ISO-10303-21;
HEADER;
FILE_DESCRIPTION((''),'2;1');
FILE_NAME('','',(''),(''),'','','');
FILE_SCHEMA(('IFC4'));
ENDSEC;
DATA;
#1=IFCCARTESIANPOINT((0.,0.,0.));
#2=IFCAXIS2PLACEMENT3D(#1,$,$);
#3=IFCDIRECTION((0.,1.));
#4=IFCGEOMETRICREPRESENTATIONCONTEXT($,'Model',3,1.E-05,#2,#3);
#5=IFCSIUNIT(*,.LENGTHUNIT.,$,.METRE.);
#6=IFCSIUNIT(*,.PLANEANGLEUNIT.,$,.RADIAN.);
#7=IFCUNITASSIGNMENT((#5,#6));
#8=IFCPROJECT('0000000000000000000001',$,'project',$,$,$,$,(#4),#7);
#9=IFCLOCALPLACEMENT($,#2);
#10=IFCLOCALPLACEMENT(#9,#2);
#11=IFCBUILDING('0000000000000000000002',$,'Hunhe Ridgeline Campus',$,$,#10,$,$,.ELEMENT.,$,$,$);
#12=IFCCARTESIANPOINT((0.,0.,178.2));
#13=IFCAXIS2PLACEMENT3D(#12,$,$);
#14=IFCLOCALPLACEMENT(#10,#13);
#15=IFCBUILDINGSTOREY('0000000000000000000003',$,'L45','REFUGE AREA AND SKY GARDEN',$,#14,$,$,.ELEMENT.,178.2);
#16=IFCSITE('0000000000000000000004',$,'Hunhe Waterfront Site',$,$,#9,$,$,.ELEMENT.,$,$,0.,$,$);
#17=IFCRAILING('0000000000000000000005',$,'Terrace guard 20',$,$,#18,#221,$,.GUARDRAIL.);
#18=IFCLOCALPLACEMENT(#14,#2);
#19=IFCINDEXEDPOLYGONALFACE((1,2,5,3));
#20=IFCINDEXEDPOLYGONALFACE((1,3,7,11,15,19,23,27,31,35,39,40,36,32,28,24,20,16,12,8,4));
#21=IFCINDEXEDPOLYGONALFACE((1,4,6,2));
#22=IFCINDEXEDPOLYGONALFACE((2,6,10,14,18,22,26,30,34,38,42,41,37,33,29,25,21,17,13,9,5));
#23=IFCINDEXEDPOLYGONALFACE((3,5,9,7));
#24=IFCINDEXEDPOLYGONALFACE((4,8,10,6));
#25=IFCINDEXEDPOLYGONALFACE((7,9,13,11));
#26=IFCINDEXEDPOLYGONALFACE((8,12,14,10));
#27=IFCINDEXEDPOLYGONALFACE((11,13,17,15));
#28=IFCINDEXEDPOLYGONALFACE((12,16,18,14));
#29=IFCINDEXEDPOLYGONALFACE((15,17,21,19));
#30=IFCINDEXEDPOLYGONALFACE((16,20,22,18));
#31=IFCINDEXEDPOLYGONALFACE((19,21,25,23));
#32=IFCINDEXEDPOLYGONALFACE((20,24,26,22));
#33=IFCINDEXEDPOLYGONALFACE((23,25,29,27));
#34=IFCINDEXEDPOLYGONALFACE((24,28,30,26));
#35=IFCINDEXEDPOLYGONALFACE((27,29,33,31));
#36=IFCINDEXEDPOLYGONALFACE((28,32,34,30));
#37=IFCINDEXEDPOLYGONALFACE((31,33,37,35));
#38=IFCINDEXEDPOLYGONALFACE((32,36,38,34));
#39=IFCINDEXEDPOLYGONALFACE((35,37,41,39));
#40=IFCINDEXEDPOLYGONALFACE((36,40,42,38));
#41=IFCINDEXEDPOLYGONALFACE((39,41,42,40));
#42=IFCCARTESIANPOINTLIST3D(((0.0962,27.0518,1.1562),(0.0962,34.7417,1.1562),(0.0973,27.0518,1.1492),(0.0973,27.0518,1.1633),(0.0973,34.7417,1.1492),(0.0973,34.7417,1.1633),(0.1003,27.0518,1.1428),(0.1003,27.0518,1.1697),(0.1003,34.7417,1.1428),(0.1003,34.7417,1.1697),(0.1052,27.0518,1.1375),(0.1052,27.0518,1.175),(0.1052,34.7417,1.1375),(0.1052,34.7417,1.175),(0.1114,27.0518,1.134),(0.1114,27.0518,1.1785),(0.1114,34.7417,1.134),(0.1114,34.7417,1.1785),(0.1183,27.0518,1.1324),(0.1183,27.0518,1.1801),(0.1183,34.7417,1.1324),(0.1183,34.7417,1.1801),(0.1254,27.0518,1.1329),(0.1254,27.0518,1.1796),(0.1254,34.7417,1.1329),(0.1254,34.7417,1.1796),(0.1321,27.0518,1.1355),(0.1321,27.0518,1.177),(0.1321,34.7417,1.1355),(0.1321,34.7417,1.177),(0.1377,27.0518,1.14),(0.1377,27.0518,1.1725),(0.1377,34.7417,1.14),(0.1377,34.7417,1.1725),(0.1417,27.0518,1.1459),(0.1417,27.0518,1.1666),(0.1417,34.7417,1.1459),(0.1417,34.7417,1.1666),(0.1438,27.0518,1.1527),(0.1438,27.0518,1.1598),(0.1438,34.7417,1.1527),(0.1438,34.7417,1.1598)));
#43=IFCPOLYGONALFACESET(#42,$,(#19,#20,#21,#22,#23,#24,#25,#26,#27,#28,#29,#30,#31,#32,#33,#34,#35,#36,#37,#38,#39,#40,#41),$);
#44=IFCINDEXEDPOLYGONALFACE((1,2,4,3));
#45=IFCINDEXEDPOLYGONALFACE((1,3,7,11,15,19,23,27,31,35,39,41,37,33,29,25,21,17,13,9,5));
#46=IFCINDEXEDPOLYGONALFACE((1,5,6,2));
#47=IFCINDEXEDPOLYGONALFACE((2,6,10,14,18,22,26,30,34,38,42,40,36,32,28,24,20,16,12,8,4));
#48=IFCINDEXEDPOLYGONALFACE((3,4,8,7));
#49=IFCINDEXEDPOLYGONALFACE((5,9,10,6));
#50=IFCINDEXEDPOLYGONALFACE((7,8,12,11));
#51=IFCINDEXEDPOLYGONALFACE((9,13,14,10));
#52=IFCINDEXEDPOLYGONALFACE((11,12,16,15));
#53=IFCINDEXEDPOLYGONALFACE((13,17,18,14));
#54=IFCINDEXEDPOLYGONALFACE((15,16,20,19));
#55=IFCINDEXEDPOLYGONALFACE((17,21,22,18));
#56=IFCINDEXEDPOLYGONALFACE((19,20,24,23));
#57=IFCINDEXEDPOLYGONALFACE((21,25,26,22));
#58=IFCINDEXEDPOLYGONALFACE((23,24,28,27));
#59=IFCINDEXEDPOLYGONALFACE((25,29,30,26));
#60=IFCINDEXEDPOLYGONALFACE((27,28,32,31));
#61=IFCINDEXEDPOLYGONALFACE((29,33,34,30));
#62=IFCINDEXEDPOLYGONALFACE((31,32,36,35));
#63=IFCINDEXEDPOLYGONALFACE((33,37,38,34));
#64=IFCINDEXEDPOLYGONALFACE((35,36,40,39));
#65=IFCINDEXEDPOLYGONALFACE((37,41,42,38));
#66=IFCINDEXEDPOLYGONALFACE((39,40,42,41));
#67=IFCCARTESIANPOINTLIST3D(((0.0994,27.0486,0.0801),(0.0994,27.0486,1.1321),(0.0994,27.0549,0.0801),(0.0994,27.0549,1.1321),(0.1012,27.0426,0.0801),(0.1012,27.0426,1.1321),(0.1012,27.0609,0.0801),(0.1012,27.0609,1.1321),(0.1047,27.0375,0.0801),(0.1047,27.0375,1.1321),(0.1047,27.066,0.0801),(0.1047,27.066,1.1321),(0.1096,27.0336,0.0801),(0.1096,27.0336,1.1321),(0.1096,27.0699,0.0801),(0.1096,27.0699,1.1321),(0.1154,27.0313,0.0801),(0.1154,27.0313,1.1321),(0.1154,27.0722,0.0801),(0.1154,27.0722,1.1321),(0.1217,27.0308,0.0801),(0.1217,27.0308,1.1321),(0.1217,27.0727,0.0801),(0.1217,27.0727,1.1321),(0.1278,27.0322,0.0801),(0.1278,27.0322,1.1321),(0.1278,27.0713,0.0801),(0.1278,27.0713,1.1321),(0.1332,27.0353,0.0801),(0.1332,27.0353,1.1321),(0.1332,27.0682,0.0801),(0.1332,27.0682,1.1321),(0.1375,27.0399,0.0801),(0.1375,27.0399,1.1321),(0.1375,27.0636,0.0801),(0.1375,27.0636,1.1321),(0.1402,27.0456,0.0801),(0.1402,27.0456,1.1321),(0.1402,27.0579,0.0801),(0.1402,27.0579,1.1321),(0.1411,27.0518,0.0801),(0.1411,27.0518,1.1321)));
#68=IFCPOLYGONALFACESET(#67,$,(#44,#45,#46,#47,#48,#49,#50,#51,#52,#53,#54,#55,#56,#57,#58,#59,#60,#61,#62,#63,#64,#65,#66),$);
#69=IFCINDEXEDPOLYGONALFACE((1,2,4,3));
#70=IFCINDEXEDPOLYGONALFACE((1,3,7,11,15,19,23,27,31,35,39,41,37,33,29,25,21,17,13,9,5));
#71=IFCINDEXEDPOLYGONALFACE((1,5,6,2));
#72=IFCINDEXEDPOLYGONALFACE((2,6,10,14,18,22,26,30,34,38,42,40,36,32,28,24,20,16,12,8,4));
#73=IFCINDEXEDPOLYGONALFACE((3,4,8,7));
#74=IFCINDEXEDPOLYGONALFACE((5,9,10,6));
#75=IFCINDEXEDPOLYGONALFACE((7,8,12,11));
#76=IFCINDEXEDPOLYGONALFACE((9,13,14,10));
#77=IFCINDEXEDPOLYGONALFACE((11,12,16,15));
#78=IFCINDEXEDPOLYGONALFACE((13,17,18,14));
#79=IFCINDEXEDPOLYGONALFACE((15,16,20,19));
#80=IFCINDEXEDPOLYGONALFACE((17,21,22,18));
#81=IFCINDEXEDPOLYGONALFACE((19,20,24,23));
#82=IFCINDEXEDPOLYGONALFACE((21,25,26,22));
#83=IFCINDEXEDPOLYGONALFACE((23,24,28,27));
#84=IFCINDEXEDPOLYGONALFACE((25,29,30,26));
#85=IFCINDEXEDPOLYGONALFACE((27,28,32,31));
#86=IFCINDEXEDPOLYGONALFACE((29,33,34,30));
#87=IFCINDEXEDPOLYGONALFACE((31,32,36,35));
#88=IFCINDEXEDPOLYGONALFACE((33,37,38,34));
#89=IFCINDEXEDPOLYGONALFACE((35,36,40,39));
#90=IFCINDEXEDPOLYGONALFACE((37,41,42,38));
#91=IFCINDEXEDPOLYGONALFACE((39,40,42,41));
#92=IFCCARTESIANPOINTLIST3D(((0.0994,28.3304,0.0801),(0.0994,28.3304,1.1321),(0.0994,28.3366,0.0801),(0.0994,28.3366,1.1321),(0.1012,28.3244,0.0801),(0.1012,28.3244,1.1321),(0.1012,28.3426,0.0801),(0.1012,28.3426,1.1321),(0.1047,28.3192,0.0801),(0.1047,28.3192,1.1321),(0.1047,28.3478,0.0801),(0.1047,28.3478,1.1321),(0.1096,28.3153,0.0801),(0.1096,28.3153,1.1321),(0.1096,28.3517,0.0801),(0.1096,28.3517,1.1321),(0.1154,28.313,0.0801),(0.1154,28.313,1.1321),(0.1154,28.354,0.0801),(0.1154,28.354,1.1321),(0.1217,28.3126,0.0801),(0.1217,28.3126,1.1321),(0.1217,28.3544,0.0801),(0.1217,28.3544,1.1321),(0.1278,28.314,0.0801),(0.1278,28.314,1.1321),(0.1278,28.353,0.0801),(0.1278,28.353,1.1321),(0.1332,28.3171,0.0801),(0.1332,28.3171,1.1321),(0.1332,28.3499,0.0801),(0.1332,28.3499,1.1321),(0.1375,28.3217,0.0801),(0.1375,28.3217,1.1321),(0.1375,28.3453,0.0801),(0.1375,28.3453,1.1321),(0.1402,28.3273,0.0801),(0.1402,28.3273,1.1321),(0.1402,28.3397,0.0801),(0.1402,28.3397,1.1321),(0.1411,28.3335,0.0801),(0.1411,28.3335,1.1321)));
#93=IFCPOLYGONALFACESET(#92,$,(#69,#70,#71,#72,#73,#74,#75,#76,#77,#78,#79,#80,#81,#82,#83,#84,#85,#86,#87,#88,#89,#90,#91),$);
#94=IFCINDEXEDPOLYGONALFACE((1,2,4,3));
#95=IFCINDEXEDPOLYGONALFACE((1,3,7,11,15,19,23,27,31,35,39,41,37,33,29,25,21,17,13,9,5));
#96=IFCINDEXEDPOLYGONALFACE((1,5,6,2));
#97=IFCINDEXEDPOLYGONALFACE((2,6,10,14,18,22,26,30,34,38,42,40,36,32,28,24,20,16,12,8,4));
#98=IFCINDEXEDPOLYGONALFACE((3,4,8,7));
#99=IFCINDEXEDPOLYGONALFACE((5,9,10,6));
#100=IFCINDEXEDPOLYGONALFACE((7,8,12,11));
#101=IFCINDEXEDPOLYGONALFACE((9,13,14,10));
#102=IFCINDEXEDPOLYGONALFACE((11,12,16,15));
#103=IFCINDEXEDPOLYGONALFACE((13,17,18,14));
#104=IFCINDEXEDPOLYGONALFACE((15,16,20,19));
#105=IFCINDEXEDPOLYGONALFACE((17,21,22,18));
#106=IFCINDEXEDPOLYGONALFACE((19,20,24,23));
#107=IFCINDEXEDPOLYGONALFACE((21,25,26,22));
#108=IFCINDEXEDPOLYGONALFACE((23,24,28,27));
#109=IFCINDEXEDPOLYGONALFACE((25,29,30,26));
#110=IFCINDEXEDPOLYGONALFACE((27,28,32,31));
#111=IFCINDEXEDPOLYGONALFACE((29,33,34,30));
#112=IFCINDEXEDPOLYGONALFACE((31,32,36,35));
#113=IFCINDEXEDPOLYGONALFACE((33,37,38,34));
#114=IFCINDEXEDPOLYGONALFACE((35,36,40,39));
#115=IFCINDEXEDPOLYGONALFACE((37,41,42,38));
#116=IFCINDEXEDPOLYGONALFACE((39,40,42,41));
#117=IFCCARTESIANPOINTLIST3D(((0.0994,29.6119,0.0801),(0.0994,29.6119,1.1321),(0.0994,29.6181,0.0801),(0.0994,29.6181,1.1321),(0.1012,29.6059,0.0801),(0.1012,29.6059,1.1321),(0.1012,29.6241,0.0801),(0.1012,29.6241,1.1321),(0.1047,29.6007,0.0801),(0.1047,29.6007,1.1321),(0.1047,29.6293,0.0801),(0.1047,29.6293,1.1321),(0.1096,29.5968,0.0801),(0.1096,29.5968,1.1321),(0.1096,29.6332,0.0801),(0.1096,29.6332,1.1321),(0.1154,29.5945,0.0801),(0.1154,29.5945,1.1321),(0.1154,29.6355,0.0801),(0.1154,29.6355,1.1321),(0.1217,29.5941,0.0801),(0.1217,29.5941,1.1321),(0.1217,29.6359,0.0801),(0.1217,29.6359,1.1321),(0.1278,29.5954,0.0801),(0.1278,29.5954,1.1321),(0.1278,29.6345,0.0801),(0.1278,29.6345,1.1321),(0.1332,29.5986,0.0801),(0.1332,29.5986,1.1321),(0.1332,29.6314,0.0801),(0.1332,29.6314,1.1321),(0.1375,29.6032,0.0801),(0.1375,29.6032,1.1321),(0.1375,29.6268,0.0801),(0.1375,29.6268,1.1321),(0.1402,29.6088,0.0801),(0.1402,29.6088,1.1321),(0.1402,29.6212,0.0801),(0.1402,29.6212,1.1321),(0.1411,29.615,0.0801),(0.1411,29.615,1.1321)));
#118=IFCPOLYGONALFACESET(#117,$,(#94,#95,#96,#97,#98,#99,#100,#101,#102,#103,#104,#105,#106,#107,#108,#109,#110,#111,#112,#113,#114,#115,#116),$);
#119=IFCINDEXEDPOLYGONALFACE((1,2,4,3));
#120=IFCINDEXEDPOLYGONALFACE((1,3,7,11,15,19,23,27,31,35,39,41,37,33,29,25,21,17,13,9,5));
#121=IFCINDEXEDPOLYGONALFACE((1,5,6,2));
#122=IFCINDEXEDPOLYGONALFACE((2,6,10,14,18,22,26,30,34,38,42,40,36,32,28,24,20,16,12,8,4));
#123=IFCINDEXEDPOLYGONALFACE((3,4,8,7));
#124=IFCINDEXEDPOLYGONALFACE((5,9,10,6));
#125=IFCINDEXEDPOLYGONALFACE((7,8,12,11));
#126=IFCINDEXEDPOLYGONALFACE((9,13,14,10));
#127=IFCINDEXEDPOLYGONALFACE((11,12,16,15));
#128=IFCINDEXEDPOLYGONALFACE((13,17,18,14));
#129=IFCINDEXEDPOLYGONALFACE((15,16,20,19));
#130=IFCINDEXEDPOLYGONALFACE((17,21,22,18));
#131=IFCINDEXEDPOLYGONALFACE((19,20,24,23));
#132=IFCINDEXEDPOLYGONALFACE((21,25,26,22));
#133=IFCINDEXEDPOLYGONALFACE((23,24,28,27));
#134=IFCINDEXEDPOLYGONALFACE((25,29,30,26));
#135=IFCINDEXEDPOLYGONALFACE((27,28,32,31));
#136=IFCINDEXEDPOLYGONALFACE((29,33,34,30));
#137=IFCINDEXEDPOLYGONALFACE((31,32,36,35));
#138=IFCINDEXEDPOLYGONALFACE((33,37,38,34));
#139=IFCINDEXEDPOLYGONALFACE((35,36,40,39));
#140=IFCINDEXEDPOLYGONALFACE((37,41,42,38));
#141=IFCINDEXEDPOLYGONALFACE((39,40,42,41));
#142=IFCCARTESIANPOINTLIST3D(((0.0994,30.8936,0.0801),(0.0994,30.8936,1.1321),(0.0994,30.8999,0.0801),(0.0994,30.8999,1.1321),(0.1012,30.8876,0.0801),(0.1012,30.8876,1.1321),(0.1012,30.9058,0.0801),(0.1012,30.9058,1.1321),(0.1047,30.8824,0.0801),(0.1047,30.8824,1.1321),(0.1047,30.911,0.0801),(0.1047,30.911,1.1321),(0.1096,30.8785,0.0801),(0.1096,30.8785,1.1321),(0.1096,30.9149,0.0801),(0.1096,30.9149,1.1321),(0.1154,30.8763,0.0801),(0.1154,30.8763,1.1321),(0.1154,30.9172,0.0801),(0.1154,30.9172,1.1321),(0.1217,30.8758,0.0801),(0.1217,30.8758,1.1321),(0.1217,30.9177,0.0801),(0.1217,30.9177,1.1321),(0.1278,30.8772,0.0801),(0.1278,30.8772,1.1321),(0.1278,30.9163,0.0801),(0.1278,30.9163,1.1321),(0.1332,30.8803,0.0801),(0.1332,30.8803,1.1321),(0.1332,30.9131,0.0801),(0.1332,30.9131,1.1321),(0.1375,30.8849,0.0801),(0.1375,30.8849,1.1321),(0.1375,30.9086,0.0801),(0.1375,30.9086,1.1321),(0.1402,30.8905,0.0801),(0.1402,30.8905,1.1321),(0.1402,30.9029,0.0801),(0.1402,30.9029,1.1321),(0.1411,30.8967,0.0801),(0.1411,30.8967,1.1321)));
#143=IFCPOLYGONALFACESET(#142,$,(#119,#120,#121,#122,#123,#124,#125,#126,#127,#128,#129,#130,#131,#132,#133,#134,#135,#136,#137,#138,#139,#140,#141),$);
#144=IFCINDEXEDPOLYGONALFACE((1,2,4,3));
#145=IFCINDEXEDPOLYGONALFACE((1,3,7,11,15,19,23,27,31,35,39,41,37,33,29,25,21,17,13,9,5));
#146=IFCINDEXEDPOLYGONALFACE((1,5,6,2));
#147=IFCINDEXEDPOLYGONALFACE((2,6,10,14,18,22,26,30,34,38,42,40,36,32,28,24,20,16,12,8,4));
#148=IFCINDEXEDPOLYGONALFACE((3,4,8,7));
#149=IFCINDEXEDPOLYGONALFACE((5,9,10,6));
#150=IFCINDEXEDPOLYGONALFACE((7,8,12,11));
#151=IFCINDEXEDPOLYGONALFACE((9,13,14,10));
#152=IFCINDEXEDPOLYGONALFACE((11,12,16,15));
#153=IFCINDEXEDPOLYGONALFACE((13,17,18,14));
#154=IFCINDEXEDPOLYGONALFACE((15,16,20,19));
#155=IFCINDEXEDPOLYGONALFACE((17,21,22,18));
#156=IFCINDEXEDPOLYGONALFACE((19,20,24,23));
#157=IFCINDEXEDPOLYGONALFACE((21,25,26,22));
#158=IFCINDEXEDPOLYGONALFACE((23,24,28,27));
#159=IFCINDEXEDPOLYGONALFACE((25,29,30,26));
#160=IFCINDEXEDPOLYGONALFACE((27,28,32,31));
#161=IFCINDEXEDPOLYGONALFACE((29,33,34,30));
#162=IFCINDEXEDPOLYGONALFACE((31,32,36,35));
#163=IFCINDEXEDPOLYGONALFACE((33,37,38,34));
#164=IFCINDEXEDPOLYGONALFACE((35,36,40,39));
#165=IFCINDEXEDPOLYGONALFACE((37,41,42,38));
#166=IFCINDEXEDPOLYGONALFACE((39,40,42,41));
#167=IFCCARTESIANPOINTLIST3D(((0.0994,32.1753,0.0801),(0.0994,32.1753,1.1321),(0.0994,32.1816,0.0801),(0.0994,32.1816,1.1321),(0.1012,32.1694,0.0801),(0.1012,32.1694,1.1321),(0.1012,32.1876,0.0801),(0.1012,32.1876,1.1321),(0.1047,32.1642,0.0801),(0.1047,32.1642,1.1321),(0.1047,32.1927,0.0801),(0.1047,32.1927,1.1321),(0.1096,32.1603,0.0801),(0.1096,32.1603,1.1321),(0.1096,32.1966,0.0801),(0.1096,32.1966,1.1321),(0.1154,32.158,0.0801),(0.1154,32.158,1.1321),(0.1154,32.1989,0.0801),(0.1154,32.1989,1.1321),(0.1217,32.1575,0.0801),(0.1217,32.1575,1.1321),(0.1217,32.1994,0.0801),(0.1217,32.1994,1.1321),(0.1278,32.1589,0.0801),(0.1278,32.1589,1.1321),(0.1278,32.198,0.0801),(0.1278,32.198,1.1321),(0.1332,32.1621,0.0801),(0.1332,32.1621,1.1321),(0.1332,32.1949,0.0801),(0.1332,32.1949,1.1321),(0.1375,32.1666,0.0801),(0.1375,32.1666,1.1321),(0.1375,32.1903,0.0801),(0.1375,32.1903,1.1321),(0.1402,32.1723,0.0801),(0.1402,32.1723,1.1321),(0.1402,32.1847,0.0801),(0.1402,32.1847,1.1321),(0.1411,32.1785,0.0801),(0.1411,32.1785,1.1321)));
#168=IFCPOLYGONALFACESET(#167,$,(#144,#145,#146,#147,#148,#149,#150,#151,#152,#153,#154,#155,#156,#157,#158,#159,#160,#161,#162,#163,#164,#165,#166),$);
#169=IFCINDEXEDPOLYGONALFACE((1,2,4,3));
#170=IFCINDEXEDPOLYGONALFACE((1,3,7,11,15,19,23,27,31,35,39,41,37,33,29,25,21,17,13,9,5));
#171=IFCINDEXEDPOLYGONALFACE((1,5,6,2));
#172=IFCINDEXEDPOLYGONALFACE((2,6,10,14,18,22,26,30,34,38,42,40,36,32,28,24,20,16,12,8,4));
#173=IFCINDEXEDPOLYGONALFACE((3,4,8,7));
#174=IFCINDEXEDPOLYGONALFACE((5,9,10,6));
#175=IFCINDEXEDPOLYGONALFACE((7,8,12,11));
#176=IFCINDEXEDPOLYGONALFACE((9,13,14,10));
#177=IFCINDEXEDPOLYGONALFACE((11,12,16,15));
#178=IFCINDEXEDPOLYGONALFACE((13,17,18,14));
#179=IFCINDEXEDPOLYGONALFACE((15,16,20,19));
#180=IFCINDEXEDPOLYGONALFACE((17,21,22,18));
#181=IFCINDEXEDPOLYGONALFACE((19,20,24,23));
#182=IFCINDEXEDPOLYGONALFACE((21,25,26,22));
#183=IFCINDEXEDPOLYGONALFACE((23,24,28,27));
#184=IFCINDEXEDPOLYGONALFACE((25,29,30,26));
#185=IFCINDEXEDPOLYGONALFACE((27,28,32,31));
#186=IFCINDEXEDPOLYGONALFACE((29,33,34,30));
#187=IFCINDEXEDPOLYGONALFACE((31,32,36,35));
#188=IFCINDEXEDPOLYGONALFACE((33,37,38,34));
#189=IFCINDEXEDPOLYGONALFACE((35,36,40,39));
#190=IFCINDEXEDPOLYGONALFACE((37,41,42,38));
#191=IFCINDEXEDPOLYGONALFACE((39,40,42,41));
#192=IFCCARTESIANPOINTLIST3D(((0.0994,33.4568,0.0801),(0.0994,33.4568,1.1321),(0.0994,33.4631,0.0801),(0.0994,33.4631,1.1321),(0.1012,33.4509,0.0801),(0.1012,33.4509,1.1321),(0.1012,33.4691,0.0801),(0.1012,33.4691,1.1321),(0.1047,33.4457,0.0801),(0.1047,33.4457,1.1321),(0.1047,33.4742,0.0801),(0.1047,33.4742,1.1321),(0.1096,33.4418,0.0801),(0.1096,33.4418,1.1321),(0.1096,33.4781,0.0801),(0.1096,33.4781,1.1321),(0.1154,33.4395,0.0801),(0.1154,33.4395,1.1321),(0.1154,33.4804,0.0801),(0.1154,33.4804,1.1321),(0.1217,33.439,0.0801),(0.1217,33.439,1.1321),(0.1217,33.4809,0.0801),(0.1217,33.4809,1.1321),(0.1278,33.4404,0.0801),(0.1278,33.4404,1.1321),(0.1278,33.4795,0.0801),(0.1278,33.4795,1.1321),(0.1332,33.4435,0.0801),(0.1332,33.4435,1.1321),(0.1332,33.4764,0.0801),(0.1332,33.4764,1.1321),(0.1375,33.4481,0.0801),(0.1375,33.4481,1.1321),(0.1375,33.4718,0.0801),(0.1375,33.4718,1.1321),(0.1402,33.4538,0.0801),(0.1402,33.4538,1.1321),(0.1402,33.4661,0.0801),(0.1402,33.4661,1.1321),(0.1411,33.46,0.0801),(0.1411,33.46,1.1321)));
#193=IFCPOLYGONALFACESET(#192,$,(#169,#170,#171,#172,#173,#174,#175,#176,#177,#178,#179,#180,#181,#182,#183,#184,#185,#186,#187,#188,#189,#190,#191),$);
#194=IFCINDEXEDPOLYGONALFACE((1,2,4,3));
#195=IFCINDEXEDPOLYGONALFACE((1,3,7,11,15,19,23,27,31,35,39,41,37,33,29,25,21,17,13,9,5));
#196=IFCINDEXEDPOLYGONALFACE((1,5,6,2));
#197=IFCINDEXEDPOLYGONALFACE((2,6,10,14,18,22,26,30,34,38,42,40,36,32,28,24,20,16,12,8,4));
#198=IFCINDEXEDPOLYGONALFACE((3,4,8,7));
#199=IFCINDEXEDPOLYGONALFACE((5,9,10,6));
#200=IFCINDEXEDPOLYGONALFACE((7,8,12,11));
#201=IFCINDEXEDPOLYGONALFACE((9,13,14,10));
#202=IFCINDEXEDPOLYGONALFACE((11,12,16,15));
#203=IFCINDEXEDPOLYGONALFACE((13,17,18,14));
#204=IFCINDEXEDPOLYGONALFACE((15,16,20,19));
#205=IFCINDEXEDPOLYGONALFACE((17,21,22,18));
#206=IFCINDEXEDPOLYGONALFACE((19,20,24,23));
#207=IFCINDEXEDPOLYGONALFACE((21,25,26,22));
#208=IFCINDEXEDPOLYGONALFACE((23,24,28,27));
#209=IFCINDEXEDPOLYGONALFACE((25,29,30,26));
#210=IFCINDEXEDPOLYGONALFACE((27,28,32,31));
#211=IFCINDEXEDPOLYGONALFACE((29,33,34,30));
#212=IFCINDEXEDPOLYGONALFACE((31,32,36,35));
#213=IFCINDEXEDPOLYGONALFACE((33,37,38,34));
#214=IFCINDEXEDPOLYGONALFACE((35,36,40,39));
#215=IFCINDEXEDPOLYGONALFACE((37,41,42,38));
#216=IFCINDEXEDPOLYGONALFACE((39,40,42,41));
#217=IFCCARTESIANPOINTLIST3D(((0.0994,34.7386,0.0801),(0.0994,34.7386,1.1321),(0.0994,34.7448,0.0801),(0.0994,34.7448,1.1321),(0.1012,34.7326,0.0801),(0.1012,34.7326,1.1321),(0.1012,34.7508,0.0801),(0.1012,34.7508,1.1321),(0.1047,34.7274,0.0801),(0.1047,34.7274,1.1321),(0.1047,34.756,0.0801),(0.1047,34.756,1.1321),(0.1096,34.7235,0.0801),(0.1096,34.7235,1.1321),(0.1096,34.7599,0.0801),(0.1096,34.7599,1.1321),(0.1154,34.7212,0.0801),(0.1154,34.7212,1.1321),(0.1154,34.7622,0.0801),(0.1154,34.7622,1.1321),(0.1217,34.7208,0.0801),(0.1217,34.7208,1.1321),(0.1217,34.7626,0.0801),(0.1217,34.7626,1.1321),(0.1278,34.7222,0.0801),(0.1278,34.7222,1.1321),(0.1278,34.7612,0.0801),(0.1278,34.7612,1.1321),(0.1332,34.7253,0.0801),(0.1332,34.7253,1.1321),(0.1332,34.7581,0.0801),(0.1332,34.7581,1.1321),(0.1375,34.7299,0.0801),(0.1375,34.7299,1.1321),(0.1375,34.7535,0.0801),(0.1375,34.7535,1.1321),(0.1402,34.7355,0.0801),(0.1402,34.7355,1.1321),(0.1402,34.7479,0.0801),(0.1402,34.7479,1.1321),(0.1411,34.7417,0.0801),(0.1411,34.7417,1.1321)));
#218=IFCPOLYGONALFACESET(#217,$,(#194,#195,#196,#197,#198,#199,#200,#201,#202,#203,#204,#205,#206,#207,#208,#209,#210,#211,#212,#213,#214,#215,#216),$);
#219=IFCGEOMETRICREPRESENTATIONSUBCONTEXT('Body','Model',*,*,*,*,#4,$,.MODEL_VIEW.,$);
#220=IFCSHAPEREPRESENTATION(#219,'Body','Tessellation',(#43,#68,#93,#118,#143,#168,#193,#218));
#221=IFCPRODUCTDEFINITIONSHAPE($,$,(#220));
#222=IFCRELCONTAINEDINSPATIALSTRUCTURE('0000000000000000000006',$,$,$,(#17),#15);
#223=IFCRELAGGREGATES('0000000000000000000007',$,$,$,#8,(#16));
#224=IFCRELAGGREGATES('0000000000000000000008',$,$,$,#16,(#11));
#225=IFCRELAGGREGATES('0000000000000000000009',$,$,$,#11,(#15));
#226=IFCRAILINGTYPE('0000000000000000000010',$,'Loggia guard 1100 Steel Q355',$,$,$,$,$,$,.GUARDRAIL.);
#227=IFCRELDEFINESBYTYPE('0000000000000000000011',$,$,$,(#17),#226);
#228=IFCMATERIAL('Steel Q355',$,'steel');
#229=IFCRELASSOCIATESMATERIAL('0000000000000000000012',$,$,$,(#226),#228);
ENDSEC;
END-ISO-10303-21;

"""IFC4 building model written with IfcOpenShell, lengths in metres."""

from ifc_helpers import new_model, si_unit, direction, frame, origin, origin_2d, place, context, subcontext, project, spatial, circle, extrude, material, type_object, element, save


model = new_model("IFC4")

# Units and contexts
model_context = context("Model", 3, precision=1e-05, world=origin(), true_north=direction((0.0, 1.0)))
body_context = subcontext(model_context, "Body", "Model", "MODEL_VIEW")
ifc_project = project(units=[si_unit("LENGTHUNIT", "METRE"), si_unit("PLANEANGLEUNIT", "RADIAN")], contexts=[model_context])

# Site, building, storey
site_placement = place(None, origin())
site = spatial("IfcSite", under=ifc_project, at=site_placement, Name="Hunhe Waterfront Site", CompositionType="ELEMENT", RefElevation=0.0)
building_placement = place(site_placement, origin())
building = spatial("IfcBuilding", under=site, at=building_placement, Name="Hunhe Ridgeline Campus", CompositionType="ELEMENT")
storey_placement = place(building_placement, frame((0.0, 0.0, 178.2)))
storey = spatial("IfcBuildingStorey", under=building, at=storey_placement, Name="L45", Description="REFUGE AREA AND SKY GARDEN", CompositionType="ELEMENT", Elevation=178.2)

# Railing
ifc_material_1 = material(Name="Steel Q355", Category="steel")
railing_type = type_object("IfcRailingType", Name="Loggia guard 1100 Steel Q355", PredefinedType="GUARDRAIL", material=ifc_material_1)
railing_1_placement = place(storey_placement, frame((0.1201, 27.0518, 0.0801)))
element("IfcRailing", 1, at=railing_1_placement, inside=storey, type_object=railing_type, Name="Terrace guard 20", PredefinedType="GUARDRAIL", context=body_context, shape_type="SweptSolid", body=[
    extrude(circle(Radius=0.0239, at=origin_2d()), frame((0.0, 0.0, 1.0762), z_axis=(0.0, 1.0, 0.0), x_axis=(-1.0, 0.0, 0.0)), (0.0, 0.0, 1.0), 7.6899),
    extrude(circle(Radius=0.021, at=origin_2d()), origin(), (0.0, 0.0, 1.0), 1.052),
    extrude(circle(Radius=0.021, at=origin_2d()), frame((0.0, 1.2817, 0.0)), (0.0, 0.0, 1.0), 1.052),
    extrude(circle(Radius=0.021, at=origin_2d()), frame((0.0, 2.5632, 0.0)), (0.0, 0.0, 1.0), 1.052),
    extrude(circle(Radius=0.021, at=origin_2d()), frame((0.0, 3.845, 0.0)), (0.0, 0.0, 1.0), 1.052),
    extrude(circle(Radius=0.021, at=origin_2d()), frame((0.0, 5.1267, 0.0)), (0.0, 0.0, 1.0), 1.052),
    extrude(circle(Radius=0.021, at=origin_2d()), frame((0.0, 6.4082, 0.0)), (0.0, 0.0, 1.0), 1.052),
    extrude(circle(Radius=0.021, at=origin_2d()), frame((0.0, 7.6899, 0.0)), (0.0, 0.0, 1.0), 1.052),
])

save(model, "model.ifc")
